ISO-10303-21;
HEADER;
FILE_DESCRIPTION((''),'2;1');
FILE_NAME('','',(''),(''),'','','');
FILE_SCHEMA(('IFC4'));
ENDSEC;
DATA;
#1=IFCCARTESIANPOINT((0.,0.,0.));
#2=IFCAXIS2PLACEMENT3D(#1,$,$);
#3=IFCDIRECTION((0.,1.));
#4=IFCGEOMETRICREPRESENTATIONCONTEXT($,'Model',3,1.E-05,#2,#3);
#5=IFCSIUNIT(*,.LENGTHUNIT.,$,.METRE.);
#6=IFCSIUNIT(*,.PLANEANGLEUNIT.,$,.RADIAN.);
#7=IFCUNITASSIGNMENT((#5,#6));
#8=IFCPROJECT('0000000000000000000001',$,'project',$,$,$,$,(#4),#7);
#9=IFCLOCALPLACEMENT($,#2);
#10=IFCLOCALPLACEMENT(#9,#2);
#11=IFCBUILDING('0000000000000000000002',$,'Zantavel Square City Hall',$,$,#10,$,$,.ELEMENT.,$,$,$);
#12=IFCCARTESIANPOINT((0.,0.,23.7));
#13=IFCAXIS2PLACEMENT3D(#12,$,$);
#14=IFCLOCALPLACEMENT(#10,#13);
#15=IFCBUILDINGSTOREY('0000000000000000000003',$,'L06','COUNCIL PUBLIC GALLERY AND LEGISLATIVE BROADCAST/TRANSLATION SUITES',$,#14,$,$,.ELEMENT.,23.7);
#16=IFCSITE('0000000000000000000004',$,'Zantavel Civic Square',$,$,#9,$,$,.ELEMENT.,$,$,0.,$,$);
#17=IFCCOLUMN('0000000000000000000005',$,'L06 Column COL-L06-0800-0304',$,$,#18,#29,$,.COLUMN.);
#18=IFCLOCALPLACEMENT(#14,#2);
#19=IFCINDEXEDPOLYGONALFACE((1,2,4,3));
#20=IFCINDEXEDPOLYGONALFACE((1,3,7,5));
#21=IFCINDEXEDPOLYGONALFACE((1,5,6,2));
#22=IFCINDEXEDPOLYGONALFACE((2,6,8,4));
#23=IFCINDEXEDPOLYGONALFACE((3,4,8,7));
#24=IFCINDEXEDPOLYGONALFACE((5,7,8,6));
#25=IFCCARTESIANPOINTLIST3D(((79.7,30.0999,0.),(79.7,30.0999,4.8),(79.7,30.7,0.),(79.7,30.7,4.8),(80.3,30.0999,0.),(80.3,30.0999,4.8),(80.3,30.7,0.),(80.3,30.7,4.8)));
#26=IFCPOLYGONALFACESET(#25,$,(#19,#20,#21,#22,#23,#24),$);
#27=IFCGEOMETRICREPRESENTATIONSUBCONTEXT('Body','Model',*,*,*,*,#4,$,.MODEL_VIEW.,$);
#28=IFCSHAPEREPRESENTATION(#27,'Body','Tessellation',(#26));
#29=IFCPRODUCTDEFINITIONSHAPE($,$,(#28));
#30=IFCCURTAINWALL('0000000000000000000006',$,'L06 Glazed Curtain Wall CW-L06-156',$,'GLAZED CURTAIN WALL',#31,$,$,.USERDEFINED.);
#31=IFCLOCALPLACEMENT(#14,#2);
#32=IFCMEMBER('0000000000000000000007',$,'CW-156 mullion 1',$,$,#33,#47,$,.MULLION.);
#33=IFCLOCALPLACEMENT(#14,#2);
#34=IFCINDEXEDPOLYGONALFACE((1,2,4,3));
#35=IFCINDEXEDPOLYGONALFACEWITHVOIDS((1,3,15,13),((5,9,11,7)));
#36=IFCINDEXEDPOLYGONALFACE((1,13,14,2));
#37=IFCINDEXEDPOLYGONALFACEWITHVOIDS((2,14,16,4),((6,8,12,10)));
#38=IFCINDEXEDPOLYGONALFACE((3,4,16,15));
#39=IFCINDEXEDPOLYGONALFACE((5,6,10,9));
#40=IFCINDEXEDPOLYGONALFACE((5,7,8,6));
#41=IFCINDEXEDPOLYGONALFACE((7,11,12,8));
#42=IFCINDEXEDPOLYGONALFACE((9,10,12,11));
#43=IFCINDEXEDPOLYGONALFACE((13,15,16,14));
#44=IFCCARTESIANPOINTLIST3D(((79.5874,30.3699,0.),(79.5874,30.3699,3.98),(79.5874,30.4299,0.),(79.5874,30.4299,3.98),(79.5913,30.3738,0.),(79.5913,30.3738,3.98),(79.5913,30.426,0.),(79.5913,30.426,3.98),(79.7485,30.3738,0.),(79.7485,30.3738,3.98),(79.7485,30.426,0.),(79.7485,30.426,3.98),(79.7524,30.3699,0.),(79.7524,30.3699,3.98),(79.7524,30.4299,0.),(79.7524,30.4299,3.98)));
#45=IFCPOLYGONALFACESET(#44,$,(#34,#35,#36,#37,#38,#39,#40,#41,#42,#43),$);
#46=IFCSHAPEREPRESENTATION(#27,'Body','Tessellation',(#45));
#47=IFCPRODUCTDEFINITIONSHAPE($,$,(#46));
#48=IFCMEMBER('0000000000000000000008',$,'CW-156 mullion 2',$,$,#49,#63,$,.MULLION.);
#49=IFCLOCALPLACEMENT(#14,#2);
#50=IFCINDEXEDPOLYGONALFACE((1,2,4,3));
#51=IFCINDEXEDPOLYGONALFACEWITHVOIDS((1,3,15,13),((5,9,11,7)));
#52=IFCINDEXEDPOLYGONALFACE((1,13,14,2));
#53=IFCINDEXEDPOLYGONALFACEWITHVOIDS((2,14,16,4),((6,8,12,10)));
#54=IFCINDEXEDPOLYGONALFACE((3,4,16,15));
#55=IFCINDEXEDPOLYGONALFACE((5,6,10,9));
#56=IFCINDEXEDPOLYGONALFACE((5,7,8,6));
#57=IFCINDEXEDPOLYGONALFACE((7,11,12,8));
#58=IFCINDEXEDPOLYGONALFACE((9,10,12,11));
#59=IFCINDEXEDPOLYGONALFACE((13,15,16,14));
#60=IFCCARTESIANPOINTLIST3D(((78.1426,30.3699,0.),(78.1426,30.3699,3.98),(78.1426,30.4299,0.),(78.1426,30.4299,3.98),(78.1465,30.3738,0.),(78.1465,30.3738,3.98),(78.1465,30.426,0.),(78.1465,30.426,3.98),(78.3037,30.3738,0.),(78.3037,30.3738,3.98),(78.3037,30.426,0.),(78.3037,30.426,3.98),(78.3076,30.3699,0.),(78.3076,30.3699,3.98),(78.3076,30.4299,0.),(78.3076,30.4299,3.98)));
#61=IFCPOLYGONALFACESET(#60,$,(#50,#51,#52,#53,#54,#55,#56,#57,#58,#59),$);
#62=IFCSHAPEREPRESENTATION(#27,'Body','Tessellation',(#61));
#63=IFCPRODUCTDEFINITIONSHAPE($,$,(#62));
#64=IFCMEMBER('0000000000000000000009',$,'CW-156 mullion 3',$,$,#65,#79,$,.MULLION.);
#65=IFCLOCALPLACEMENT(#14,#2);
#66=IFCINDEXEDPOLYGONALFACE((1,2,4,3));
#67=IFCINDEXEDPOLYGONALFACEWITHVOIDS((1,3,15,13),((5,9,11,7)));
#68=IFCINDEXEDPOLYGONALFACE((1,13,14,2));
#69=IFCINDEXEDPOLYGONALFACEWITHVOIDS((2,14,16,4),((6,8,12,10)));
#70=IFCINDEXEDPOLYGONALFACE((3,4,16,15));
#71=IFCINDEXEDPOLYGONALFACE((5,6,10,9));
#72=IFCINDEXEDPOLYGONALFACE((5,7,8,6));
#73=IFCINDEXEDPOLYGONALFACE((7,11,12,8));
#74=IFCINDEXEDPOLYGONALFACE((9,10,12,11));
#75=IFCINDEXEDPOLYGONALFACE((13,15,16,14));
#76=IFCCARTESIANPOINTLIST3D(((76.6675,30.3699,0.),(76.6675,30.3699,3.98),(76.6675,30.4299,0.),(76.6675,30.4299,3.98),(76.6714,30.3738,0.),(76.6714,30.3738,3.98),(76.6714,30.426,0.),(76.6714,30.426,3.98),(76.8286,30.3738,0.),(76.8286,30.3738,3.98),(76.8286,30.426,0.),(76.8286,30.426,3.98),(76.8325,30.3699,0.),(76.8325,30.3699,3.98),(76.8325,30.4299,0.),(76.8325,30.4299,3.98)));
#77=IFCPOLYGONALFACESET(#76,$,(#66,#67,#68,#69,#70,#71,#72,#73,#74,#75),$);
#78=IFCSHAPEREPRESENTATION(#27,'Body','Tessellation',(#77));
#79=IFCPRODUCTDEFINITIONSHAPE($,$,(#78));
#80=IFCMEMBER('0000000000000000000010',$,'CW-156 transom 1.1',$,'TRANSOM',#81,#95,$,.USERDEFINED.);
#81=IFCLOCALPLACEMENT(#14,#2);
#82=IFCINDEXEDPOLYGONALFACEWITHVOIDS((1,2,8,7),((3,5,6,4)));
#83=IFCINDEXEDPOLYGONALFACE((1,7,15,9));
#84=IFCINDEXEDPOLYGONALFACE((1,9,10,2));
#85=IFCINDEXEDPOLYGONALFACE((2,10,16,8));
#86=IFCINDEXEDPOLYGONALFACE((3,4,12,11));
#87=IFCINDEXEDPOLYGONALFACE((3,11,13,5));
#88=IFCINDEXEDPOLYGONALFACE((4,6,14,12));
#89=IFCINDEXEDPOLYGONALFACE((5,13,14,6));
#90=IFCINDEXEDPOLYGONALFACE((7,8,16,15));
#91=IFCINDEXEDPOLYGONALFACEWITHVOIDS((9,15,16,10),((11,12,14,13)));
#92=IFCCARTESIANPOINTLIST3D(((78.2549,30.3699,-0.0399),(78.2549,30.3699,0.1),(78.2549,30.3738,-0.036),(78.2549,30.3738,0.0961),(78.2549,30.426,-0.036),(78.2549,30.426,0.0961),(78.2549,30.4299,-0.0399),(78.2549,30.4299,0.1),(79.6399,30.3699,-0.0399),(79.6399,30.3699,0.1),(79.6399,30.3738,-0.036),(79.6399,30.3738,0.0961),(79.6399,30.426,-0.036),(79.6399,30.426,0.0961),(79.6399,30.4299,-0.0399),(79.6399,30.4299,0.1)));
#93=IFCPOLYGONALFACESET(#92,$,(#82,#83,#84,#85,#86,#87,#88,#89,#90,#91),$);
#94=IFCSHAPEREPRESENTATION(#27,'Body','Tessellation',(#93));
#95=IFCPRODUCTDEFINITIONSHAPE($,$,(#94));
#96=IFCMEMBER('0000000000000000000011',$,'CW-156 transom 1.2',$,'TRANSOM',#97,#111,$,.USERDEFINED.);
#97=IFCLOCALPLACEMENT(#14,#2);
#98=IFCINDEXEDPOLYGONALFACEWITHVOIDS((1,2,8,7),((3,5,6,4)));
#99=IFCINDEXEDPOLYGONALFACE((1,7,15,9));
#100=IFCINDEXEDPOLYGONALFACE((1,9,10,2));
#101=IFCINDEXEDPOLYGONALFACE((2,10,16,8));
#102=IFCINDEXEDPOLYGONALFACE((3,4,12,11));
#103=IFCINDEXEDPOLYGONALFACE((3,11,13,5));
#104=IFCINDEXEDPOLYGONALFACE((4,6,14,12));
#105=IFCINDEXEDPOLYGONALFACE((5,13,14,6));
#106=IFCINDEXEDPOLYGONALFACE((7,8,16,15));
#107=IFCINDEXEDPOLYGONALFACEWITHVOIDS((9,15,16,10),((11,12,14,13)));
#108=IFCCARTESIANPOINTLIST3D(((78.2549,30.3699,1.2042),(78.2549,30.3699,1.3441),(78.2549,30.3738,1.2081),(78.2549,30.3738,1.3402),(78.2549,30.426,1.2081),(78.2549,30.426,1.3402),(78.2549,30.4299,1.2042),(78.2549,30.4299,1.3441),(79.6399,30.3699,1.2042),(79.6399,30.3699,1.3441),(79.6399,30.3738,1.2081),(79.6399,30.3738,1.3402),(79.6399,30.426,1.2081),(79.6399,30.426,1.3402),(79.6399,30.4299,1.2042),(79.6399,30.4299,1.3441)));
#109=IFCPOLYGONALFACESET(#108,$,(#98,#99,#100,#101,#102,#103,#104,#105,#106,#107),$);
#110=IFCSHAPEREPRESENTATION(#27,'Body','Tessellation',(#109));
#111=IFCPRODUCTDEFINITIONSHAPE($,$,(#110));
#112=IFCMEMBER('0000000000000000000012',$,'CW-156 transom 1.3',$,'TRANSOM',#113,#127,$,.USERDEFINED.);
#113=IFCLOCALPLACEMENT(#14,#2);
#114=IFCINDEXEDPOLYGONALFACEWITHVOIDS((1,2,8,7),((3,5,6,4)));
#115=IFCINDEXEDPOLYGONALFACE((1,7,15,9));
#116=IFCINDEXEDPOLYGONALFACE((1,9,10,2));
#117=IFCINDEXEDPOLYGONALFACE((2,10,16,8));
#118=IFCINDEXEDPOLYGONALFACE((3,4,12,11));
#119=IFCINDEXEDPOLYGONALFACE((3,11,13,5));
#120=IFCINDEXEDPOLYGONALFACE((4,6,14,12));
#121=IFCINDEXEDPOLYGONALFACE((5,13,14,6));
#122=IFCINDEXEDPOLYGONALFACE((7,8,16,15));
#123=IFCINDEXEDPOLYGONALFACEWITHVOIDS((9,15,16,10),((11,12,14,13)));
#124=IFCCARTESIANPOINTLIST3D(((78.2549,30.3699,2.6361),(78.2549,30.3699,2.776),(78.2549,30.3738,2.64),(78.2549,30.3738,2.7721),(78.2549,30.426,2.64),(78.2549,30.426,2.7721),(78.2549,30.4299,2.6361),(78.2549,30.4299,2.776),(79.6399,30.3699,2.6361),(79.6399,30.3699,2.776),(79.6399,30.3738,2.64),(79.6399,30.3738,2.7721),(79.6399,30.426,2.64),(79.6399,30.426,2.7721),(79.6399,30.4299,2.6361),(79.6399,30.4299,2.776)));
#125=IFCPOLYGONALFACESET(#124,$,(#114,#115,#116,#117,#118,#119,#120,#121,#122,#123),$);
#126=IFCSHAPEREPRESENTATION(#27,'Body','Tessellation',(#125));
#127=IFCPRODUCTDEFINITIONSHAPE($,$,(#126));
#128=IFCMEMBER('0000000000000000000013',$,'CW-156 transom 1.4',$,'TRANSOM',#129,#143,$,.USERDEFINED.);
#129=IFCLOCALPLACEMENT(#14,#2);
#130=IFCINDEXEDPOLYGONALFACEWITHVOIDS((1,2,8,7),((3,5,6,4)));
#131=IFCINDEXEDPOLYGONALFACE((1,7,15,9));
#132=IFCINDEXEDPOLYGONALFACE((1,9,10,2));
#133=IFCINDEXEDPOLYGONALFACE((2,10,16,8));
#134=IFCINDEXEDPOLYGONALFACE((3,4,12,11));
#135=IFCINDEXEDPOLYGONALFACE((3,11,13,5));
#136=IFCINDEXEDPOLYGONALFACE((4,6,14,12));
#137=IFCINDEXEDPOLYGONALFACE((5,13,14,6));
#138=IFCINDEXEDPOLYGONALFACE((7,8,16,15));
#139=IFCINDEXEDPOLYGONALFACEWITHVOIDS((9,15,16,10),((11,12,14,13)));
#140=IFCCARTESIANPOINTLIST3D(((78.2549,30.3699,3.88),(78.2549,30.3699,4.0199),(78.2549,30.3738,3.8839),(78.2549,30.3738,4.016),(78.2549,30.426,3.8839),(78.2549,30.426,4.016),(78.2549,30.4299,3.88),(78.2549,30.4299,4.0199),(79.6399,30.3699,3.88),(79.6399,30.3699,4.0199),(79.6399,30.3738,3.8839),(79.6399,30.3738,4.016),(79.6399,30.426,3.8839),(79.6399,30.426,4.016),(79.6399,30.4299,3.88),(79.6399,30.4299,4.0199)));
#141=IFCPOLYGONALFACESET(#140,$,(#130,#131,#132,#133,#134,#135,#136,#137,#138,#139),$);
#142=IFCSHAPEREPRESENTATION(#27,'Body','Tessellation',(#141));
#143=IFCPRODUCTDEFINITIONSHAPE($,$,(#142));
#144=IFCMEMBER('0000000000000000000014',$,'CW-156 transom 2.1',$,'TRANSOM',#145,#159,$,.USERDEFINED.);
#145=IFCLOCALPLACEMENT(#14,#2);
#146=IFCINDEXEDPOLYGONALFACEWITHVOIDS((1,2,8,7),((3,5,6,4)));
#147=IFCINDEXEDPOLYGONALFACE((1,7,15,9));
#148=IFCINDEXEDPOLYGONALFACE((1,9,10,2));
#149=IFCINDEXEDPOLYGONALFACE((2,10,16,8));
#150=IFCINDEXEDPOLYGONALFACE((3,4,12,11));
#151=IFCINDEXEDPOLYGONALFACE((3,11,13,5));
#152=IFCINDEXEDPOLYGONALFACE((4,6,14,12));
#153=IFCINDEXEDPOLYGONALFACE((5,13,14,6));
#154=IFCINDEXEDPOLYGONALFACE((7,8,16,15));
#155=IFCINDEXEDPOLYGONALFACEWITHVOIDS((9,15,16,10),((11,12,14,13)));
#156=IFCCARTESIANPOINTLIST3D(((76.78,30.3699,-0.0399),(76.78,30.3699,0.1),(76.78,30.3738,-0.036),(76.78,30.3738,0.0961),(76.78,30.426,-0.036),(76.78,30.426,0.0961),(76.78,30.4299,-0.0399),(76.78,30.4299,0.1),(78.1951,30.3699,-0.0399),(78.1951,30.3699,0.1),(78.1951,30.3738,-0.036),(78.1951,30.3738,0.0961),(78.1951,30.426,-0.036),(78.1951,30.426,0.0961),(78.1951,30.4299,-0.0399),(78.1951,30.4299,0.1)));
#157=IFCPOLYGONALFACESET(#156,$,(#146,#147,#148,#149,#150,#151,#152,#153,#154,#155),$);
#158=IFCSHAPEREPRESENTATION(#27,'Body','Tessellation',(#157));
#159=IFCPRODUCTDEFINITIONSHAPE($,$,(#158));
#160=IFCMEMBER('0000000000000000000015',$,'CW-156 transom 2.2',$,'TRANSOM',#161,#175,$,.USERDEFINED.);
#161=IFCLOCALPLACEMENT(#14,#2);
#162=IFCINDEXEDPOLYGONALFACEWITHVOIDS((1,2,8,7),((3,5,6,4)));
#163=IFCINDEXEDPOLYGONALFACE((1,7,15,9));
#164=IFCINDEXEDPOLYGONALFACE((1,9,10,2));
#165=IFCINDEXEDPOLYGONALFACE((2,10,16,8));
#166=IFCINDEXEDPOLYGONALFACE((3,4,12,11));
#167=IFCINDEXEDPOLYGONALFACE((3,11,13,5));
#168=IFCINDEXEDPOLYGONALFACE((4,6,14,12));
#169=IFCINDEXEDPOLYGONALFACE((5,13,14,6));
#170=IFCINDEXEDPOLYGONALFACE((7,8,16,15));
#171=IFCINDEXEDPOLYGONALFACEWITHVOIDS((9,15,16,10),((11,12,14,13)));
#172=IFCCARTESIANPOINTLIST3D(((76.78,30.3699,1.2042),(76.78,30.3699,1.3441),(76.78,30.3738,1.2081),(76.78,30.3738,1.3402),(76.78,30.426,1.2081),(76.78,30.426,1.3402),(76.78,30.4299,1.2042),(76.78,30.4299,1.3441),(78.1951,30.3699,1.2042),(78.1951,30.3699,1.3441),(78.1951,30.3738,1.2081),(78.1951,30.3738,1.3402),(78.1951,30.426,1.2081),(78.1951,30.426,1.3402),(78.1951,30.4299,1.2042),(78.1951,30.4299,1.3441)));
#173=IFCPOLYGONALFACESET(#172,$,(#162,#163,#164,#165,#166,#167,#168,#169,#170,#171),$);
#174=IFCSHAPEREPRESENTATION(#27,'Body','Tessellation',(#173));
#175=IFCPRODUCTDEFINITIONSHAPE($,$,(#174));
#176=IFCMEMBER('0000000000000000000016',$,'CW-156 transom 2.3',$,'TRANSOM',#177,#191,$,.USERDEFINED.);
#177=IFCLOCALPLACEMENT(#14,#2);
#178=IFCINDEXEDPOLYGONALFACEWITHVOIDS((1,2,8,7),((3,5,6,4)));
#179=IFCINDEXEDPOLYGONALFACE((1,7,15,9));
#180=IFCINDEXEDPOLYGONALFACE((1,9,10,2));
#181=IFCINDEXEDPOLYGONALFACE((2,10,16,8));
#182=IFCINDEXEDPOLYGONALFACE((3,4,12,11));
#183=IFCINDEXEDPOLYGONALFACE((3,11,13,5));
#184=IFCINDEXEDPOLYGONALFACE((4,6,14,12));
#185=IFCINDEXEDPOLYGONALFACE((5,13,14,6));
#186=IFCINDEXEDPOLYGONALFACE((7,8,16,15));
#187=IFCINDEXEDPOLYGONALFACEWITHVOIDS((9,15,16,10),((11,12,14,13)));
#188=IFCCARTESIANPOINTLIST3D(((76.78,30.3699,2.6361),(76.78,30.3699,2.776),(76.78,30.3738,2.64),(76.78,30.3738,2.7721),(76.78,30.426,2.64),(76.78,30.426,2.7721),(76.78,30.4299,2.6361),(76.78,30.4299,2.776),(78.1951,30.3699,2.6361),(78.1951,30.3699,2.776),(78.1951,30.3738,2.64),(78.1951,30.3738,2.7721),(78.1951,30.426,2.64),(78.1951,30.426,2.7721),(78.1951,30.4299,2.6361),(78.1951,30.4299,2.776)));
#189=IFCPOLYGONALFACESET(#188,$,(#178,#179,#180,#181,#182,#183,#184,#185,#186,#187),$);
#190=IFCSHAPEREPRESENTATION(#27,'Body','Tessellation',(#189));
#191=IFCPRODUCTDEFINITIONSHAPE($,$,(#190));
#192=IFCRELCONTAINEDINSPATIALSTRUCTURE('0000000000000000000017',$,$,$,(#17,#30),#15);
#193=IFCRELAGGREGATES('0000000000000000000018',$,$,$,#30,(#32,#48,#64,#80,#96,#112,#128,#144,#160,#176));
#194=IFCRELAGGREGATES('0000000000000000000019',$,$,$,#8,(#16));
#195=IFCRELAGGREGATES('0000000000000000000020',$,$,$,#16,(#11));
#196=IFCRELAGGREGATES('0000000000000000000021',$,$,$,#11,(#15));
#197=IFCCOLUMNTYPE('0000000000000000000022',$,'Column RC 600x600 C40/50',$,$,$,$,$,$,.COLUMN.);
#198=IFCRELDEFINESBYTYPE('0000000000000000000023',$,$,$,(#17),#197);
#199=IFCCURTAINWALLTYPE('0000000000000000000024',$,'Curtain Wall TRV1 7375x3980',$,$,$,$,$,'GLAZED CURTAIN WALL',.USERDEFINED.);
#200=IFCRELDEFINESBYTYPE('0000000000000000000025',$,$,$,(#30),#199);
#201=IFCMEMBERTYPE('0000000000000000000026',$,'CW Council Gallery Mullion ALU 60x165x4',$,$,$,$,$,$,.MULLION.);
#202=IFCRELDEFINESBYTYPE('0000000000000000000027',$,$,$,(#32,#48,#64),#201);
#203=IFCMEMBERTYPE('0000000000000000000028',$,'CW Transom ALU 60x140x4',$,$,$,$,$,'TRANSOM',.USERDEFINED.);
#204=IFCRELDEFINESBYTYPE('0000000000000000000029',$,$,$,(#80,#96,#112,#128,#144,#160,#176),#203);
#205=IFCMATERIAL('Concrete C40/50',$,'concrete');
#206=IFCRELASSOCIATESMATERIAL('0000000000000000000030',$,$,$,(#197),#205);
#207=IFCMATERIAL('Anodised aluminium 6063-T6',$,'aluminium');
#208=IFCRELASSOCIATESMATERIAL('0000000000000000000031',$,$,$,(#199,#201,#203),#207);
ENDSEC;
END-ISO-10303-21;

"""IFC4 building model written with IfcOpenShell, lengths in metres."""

from ifc_helpers import new_model, si_unit, direction, frame, origin, origin_2d, place, context, subcontext, project, spatial, rectangle, hollow_rectangle, extrude, material, material_profile, profile_set, type_object, element, aggregate, save


model = new_model("IFC4")

# Units and contexts
model_context = context("Model", 3, precision=1e-05, world=origin(), true_north=direction((0.0, 1.0)))
body_context = subcontext(model_context, "Body", "Model", "MODEL_VIEW")
ifc_project = project(units=[si_unit("LENGTHUNIT", "METRE"), si_unit("PLANEANGLEUNIT", "RADIAN")], contexts=[model_context])

# Site, building, storey
site_placement = place(None, origin())
site = spatial("IfcSite", under=ifc_project, at=site_placement, Name="Zantavel Civic Square", CompositionType="ELEMENT", RefElevation=0.0)
building_placement = place(site_placement, origin())
building = spatial("IfcBuilding", under=site, at=building_placement, Name="Zantavel Square City Hall", CompositionType="ELEMENT")
storey_placement = place(building_placement, frame((0.0, 0.0, 23.7)))
storey = spatial("IfcBuildingStorey", under=building, at=storey_placement, Name="L06", Description="COUNCIL PUBLIC GALLERY AND LEGISLATIVE BROADCAST/TRANSLATION SUITES", CompositionType="ELEMENT", Elevation=23.7)

# Column
ifc_material_1 = material(Name="Concrete C40/50", Category="concrete")
ifc_material_profile_1 = material_profile(ifc_material_1, rectangle(XDim=0.6001, YDim=0.6001, at=origin_2d()), Name="RC 600x600")
ifc_profile_set_1 = profile_set([ifc_material_profile_1], Name="Concrete C40/50")
column_type = type_object("IfcColumnType", Name="Column RC 600x600 C40/50", PredefinedType="COLUMN", material=ifc_profile_set_1)
column_placement = place(storey_placement, frame((80.0, 30.3999, 0.0), z_axis=(0.0, 0.0, 1.0), x_axis=(1.0, 0.0, 0.0)))
element("IfcColumn", 1, at=column_placement, inside=storey, type_object=column_type, Name="L06 Column COL-L06-0800-0304", PredefinedType="COLUMN", context=body_context, shape_type="SweptSolid", body=[
    extrude(rectangle(XDim=0.6001, YDim=0.6001, at=origin_2d()), origin(), (0.0, 0.0, 1.0), 4.8),
])

# Curtain wall, members
ifc_material_2 = material(Name="Anodised aluminium 6063-T6", Category="aluminium")
curtain_wall_type = type_object("IfcCurtainWallType", Name="Curtain Wall TRV1 7375x3980", ElementType="GLAZED CURTAIN WALL", PredefinedType="USERDEFINED", material=ifc_material_2)
curtain_wall_placement = place(storey_placement, origin())
curtain_wall = element("IfcCurtainWall", 2, at=curtain_wall_placement, inside=storey, type_object=curtain_wall_type, Name="L06 Glazed Curtain Wall CW-L06-156", ObjectType="GLAZED CURTAIN WALL", PredefinedType="USERDEFINED")
ifc_material_profile_2 = material_profile(ifc_material_2, hollow_rectangle(XDim=0.0601, YDim=0.165, WallThickness=0.0039, at=origin_2d()), Name="ALU 60x165x4")
ifc_profile_set_2 = profile_set([ifc_material_profile_2], Name="Anodised aluminium 6063-T6")
member_type_1 = type_object("IfcMemberType", Name="CW Council Gallery Mullion ALU 60x165x4", PredefinedType="MULLION", material=ifc_profile_set_2)
member_1_placement = place(storey_placement, frame((79.6699, 30.3999, 0.0), z_axis=(0.0, 0.0, 1.0), x_axis=(0.0, -1.0, 0.0)))
member_1 = element("IfcMember", 3, at=member_1_placement, type_object=member_type_1, Name="CW-156 mullion 1", PredefinedType="MULLION", context=body_context, shape_type="SweptSolid", body=[
    extrude(hollow_rectangle(XDim=0.0601, YDim=0.165, WallThickness=0.0039, at=origin_2d()), origin(), (0.0, 0.0, 1.0), 3.98),
])
member_2_placement = place(storey_placement, frame((78.2251, 30.3999, 0.0), z_axis=(0.0, 0.0, 1.0), x_axis=(0.0, -1.0, 0.0)))
member_2 = element("IfcMember", 4, at=member_2_placement, type_object=member_type_1, Name="CW-156 mullion 2", PredefinedType="MULLION", context=body_context, shape_type="SweptSolid", body=[
    extrude(hollow_rectangle(XDim=0.0601, YDim=0.165, WallThickness=0.0039, at=origin_2d()), origin(), (0.0, 0.0, 1.0), 3.98),
])
member_3_placement = place(storey_placement, frame((76.75, 30.3999, 0.0), z_axis=(0.0, 0.0, 1.0), x_axis=(0.0, -1.0, 0.0)))
member_3 = element("IfcMember", 5, at=member_3_placement, type_object=member_type_1, Name="CW-156 mullion 3", PredefinedType="MULLION", context=body_context, shape_type="SweptSolid", body=[
    extrude(hollow_rectangle(XDim=0.0601, YDim=0.165, WallThickness=0.0039, at=origin_2d()), origin(), (0.0, 0.0, 1.0), 3.98),
])
ifc_material_profile_3 = material_profile(ifc_material_2, hollow_rectangle(XDim=0.0601, YDim=0.1399, WallThickness=0.0039, at=origin_2d()), Name="ALU 60x140x4")
ifc_profile_set_3 = profile_set([ifc_material_profile_3], Name="Anodised aluminium 6063-T6")
member_type_2 = type_object("IfcMemberType", Name="CW Transom ALU 60x140x4", ElementType="TRANSOM", PredefinedType="USERDEFINED", material=ifc_profile_set_3)
member_4_placement = place(storey_placement, frame((79.6399, 30.3999, 0.03), z_axis=(-1.0, 0.0, 0.0), x_axis=(0.0, -1.0, 0.0)))
member_4 = element("IfcMember", 6, at=member_4_placement, type_object=member_type_2, Name="CW-156 transom 1.1", ObjectType="TRANSOM", PredefinedType="USERDEFINED", context=body_context, shape_type="SweptSolid", body=[
    extrude(hollow_rectangle(XDim=0.0601, YDim=0.1399, WallThickness=0.0039, at=origin_2d()), origin(), (0.0, 0.0, 1.0), 1.385),
])
member_5_placement = place(storey_placement, frame((79.6399, 30.3999, 1.2742), z_axis=(-1.0, 0.0, 0.0), x_axis=(0.0, -1.0, 0.0)))
member_5 = element("IfcMember", 7, at=member_5_placement, type_object=member_type_2, Name="CW-156 transom 1.2", ObjectType="TRANSOM", PredefinedType="USERDEFINED", context=body_context, shape_type="SweptSolid", body=[
    extrude(hollow_rectangle(XDim=0.0601, YDim=0.1399, WallThickness=0.0039, at=origin_2d()), origin(), (0.0, 0.0, 1.0), 1.385),
])
member_6_placement = place(storey_placement, frame((79.6399, 30.3999, 2.7061), z_axis=(-1.0, 0.0, 0.0), x_axis=(0.0, -1.0, 0.0)))
member_6 = element("IfcMember", 8, at=member_6_placement, type_object=member_type_2, Name="CW-156 transom 1.3", ObjectType="TRANSOM", PredefinedType="USERDEFINED", context=body_context, shape_type="SweptSolid", body=[
    extrude(hollow_rectangle(XDim=0.0601, YDim=0.1399, WallThickness=0.0039, at=origin_2d()), origin(), (0.0, 0.0, 1.0), 1.385),
])
member_7_placement = place(storey_placement, frame((79.6399, 30.3999, 3.95), z_axis=(-1.0, 0.0, 0.0), x_axis=(0.0, -1.0, 0.0)))
member_7 = element("IfcMember", 9, at=member_7_placement, type_object=member_type_2, Name="CW-156 transom 1.4", ObjectType="TRANSOM", PredefinedType="USERDEFINED", context=body_context, shape_type="SweptSolid", body=[
    extrude(hollow_rectangle(XDim=0.0601, YDim=0.1399, WallThickness=0.0039, at=origin_2d()), origin(), (0.0, 0.0, 1.0), 1.385),
])
member_8_placement = place(storey_placement, frame((78.1951, 30.3999, 0.03), z_axis=(-1.0, 0.0, 0.0), x_axis=(0.0, -1.0, 0.0)))
member_8 = element("IfcMember", 10, at=member_8_placement, type_object=member_type_2, Name="CW-156 transom 2.1", ObjectType="TRANSOM", PredefinedType="USERDEFINED", context=body_context, shape_type="SweptSolid", body=[
    extrude(hollow_rectangle(XDim=0.0601, YDim=0.1399, WallThickness=0.0039, at=origin_2d()), origin(), (0.0, 0.0, 1.0), 1.415),
])
member_9_placement = place(storey_placement, frame((78.1951, 30.3999, 1.2742), z_axis=(-1.0, 0.0, 0.0), x_axis=(0.0, -1.0, 0.0)))
member_9 = element("IfcMember", 11, at=member_9_placement, type_object=member_type_2, Name="CW-156 transom 2.2", ObjectType="TRANSOM", PredefinedType="USERDEFINED", context=body_context, shape_type="SweptSolid", body=[
    extrude(hollow_rectangle(XDim=0.0601, YDim=0.1399, WallThickness=0.0039, at=origin_2d()), origin(), (0.0, 0.0, 1.0), 1.415),
])
member_10_placement = place(storey_placement, frame((78.1951, 30.3999, 2.7061), z_axis=(-1.0, 0.0, 0.0), x_axis=(0.0, -1.0, 0.0)))
member_10 = element("IfcMember", 12, at=member_10_placement, type_object=member_type_2, Name="CW-156 transom 2.3", ObjectType="TRANSOM", PredefinedType="USERDEFINED", context=body_context, shape_type="SweptSolid", body=[
    extrude(hollow_rectangle(XDim=0.0601, YDim=0.1399, WallThickness=0.0039, at=origin_2d()), origin(), (0.0, 0.0, 1.0), 1.415),
])

aggregate(curtain_wall, [member_1, member_2, member_3, member_4, member_5, member_6, member_7, member_8, member_9, member_10])

save(model, "model.ifc")
